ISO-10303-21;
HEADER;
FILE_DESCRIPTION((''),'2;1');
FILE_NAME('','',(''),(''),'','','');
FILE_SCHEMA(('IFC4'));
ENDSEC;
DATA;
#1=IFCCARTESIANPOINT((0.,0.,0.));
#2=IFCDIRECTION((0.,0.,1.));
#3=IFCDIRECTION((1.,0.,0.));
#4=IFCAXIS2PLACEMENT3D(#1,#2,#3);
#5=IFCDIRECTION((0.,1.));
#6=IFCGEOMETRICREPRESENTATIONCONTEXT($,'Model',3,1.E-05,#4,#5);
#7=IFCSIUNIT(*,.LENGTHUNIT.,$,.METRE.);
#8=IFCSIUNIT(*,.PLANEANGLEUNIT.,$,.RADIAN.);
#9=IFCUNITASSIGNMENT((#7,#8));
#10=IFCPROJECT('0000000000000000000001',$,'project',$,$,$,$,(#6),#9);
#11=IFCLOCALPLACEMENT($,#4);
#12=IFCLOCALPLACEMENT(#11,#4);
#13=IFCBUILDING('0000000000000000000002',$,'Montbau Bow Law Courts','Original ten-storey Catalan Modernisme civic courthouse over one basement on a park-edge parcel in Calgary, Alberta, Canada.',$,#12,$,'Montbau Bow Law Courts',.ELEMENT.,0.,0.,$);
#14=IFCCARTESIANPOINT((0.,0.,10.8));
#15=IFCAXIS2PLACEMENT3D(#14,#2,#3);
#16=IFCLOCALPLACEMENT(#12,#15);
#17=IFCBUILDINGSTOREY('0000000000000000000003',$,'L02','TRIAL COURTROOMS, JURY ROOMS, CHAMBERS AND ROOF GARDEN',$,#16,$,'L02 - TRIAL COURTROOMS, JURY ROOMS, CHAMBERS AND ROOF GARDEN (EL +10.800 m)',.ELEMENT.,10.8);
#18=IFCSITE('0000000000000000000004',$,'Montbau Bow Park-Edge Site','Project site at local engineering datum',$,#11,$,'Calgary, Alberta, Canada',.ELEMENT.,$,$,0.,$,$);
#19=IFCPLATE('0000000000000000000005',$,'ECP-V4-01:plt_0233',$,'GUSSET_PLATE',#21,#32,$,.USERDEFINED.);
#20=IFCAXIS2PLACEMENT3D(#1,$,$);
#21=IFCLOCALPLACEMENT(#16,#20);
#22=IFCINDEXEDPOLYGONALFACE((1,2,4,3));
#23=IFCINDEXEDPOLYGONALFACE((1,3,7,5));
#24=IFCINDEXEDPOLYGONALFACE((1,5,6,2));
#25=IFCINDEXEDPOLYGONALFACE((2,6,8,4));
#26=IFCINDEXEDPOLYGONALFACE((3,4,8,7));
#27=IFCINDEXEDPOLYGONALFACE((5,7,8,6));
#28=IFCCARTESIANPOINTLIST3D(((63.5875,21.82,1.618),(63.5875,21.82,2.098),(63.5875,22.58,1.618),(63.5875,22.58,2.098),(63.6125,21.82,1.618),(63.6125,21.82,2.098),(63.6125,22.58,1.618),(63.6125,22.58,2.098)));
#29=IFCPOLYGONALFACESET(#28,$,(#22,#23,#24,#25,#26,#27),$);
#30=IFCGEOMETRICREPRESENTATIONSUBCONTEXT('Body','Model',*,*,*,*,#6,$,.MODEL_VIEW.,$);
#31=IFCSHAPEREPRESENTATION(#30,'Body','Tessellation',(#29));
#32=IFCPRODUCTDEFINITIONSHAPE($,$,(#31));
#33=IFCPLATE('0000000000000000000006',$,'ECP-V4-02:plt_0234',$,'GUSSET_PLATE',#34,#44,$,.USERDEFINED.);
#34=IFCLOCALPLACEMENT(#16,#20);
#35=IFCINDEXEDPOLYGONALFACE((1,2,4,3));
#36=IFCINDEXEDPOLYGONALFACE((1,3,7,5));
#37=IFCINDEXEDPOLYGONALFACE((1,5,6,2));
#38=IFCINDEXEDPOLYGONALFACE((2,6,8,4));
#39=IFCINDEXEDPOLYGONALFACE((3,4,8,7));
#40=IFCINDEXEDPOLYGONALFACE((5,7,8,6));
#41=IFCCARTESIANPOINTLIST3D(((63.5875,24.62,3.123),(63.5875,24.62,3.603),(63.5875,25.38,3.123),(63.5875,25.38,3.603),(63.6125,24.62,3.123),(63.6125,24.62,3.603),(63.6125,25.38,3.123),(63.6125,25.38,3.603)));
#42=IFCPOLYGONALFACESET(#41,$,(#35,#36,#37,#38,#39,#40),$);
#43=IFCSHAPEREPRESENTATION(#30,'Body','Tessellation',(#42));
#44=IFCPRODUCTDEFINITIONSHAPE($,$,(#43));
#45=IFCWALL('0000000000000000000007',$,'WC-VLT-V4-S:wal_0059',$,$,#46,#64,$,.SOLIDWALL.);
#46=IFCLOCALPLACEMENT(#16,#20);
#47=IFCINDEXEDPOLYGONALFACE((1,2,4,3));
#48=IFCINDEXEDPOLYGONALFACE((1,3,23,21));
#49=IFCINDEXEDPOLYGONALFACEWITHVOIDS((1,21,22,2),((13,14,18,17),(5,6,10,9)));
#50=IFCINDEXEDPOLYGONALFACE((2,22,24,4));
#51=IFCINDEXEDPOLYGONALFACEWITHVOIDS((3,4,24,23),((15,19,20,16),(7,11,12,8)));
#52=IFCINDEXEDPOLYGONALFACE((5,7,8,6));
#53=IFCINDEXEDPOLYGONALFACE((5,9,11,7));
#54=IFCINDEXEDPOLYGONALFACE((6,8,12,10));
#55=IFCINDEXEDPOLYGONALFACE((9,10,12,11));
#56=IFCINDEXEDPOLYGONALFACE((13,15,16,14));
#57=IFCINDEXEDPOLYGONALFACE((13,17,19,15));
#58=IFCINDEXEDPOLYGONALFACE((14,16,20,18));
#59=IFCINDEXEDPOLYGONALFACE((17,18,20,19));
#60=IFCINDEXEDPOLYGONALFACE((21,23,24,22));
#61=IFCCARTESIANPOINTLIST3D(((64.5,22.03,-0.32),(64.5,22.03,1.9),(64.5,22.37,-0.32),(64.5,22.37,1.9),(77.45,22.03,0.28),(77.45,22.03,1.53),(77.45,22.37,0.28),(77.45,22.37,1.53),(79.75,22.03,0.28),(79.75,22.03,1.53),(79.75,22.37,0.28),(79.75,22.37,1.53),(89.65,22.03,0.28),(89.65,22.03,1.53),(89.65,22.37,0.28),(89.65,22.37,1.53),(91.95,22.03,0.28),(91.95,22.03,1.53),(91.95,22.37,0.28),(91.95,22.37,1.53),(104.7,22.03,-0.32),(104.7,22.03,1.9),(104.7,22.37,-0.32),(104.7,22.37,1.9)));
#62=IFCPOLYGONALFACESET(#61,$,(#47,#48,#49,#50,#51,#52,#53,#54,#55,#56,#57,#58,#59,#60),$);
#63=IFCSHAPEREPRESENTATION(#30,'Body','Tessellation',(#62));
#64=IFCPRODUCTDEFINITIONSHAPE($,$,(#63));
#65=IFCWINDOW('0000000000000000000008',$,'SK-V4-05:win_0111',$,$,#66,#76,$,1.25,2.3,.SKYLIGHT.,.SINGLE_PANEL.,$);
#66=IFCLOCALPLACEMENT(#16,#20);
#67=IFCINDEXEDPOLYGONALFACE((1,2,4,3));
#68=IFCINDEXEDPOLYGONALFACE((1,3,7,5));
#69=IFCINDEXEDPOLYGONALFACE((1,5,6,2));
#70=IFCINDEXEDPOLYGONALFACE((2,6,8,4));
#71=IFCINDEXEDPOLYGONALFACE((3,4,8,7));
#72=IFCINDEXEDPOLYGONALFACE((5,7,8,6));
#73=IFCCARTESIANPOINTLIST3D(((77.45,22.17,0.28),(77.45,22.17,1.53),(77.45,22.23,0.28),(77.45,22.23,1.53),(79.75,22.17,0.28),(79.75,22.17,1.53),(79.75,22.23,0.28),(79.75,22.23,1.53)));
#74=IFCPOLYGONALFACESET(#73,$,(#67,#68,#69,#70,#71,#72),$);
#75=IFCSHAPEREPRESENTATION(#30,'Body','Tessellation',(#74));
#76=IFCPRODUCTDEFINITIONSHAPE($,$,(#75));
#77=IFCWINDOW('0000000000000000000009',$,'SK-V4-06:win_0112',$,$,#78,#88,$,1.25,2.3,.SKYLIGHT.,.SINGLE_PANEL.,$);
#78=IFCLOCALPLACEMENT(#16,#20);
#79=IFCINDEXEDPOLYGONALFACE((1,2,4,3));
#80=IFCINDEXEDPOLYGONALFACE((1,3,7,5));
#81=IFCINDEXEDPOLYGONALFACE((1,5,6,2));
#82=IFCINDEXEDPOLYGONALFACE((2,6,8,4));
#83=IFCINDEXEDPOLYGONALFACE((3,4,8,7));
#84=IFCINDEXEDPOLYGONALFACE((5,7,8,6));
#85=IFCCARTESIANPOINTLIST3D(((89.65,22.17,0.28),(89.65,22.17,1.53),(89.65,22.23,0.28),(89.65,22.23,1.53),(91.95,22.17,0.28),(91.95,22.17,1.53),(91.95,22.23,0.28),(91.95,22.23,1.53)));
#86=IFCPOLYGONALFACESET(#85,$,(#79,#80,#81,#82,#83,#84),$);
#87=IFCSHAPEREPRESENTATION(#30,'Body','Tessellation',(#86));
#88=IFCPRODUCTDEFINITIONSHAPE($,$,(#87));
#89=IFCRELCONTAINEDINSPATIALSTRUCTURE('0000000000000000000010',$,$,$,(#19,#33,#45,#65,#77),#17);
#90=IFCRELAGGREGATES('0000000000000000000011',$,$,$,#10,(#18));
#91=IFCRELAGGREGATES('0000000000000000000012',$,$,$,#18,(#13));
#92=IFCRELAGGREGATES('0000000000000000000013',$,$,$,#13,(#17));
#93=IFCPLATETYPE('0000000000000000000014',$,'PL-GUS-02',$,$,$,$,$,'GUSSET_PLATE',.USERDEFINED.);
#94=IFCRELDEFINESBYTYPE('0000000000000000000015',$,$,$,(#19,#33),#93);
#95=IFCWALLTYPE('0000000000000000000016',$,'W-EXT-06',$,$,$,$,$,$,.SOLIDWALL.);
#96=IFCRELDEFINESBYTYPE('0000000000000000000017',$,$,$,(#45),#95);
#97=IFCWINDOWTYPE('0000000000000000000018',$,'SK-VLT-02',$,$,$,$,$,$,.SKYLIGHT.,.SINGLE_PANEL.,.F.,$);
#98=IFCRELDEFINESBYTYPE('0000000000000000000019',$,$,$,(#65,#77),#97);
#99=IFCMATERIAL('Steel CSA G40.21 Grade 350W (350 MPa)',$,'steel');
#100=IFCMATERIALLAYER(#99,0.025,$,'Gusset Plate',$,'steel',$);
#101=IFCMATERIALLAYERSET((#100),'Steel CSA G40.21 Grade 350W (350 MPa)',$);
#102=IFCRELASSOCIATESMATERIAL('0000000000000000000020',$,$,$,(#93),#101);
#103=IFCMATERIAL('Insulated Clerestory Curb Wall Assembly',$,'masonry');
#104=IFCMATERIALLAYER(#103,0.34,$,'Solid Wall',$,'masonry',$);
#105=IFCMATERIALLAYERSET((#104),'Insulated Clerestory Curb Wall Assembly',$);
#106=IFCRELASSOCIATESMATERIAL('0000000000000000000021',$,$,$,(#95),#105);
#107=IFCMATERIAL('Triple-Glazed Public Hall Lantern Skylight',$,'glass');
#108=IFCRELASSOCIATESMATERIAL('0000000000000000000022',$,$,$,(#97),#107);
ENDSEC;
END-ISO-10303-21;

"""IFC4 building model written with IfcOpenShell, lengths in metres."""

from ifc_helpers import new_model, si_unit, direction, frame, frame_2d, origin_with_axes, origin_2d_with_axis, place, context, subcontext, project, spatial, rectangle, extrude, material, layer, layer_set, type_object, element, fill, save


model = new_model("IFC4")

# Units and contexts
model_context = context("Model", 3, precision=1e-05, world=origin_with_axes(), true_north=direction((0.0, 1.0)))
body_context = subcontext(model_context, "Body", "Model", "MODEL_VIEW")
ifc_project = project(units=[si_unit("LENGTHUNIT", "METRE"), si_unit("PLANEANGLEUNIT", "RADIAN")], contexts=[model_context])

# Site, building, storey
site_placement = place(None, origin_with_axes())
site = spatial("IfcSite", under=ifc_project, at=site_placement, Name="Montbau Bow Park-Edge Site", Description="Project site at local engineering datum", LongName="Calgary, Alberta, Canada", CompositionType="ELEMENT", RefElevation=0.0)
building_placement = place(site_placement, origin_with_axes())
building = spatial("IfcBuilding", under=site, at=building_placement, Name="Montbau Bow Law Courts", Description="Original ten-storey Catalan Modernisme civic courthouse over one basement on a park-edge parcel in Calgary, Alberta, Canada.", LongName="Montbau Bow Law Courts", CompositionType="ELEMENT", ElevationOfRefHeight=0.0, ElevationOfTerrain=0.0)
storey_placement = place(building_placement, frame((0.0, 0.0, 10.8), z_axis=(0.0, 0.0, 1.0), x_axis=(1.0, 0.0, 0.0)))
storey = spatial("IfcBuildingStorey", under=building, at=storey_placement, Name="L02", Description="TRIAL COURTROOMS, JURY ROOMS, CHAMBERS AND ROOF GARDEN", LongName="L02 - TRIAL COURTROOMS, JURY ROOMS, CHAMBERS AND ROOF GARDEN (EL +10.800 m)", CompositionType="ELEMENT", Elevation=10.8)

# Shared definitions
ifc_material_1 = material(Name="Steel CSA G40.21 Grade 350W (350 MPa)", Category="steel")

# Plates
ifc_layer_1 = layer(ifc_material_1, 0.025, Name="Gusset Plate", Category="steel")
ifc_layer_set_1 = layer_set([ifc_layer_1], Name="Steel CSA G40.21 Grade 350W (350 MPa)")
plate_type = type_object("IfcPlateType", Name="PL-GUS-02", ElementType="GUSSET_PLATE", PredefinedType="USERDEFINED", material=ifc_layer_set_1)
for number, where, z_axis, x_axis, name in (
    (1, (63.6, 22.2, 12.418), (0.0, 0.0, 1.0), (1.0, 0.0, 0.0), "ECP-V4-01:plt_0233"),
    (2, (63.6, 25.0, 13.923), (0.0, 0.0, 1.0), (1.0, 0.0, 0.0), "ECP-V4-02:plt_0234"),
):
    element("IfcPlate", number, at=place(None, frame(where, z_axis=z_axis, x_axis=x_axis)), inside=storey, type_object=plate_type, Name=name, ObjectType="GUSSET_PLATE", PredefinedType="USERDEFINED", context=body_context, shape_type="SweptSolid", body=[
        extrude(rectangle(XDim=0.025, YDim=0.76, at=origin_2d_with_axis()), origin_with_axes(), (0.0, 0.0, 1.0), 0.48),
    ])

# Wall, openings, windows
ifc_material_2 = material(Name="Insulated Clerestory Curb Wall Assembly", Category="masonry")
ifc_layer_2 = layer(ifc_material_2, 0.34, Name="Solid Wall", Category="masonry")
ifc_layer_set_2 = layer_set([ifc_layer_2], Name="Insulated Clerestory Curb Wall Assembly")
wall_type = type_object("IfcWallType", Name="W-EXT-06", PredefinedType="SOLIDWALL", material=ifc_layer_set_2)
wall_placement = place(None, frame((64.5, 22.2, 10.48), z_axis=(0.0, 0.0, 1.0), x_axis=(1.0, 0.0, 0.0)))
wall = element("IfcWall", 3, at=wall_placement, inside=storey, type_object=wall_type, Name="WC-VLT-V4-S:wal_0059", PredefinedType="SOLIDWALL", context=body_context, shape_type="SweptSolid", body=[
    extrude(rectangle(XDim=40.2, YDim=0.34, at=frame_2d((20.1, 0.0), x_axis=(1.0, 0.0))), origin_with_axes(), (0.0, 0.0, 1.0), 2.22),
])
opening_1_placement = place(None, frame((78.6, 22.2, 11.08), z_axis=(0.0, 0.0, 1.0), x_axis=(1.0, 0.0, 0.0)))
opening_1 = element("IfcOpeningElement", 4, at=opening_1_placement, cuts=wall, PredefinedType="OPENING", context=body_context, shape_type="SweptSolid", body=[
    extrude(rectangle(XDim=2.3, YDim=1.25, at=frame_2d((0.0, 0.625), x_axis=(1.0, 0.0))), frame((0.0, 0.18, 0.0), z_axis=(0.0, -1.0, 0.0), x_axis=(1.0, 0.0, 0.0)), (0.0, 0.0, 1.0), 0.36),
])
opening_2_placement = place(None, frame((90.8, 22.2, 11.08), z_axis=(0.0, 0.0, 1.0), x_axis=(1.0, 0.0, 0.0)))
opening_2 = element("IfcOpeningElement", 5, at=opening_2_placement, cuts=wall, PredefinedType="OPENING", context=body_context, shape_type="SweptSolid", body=[
    extrude(rectangle(XDim=2.3, YDim=1.25, at=frame_2d((0.0, 0.625), x_axis=(1.0, 0.0))), frame((0.0, 0.18, 0.0), z_axis=(0.0, -1.0, 0.0), x_axis=(1.0, 0.0, 0.0)), (0.0, 0.0, 1.0), 0.36),
])
ifc_material_3 = material(Name="Triple-Glazed Public Hall Lantern Skylight", Category="glass")
window_type = type_object("IfcWindowType", Name="SK-VLT-02", ParameterTakesPrecedence=False, PartitioningType="SINGLE_PANEL", PredefinedType="SKYLIGHT", material=ifc_material_3)
window_1_placement = place(None, frame((78.6, 22.2, 11.08), z_axis=(0.0, 0.0, 1.0), x_axis=(1.0, 0.0, 0.0)))
window_1 = element("IfcWindow", 6, at=window_1_placement, inside=storey, type_object=window_type, Name="SK-V4-05:win_0111", OverallHeight=1.25, OverallWidth=2.3, PartitioningType="SINGLE_PANEL", PredefinedType="SKYLIGHT", context=body_context, shape_type="SweptSolid", body=[
    extrude(rectangle(XDim=2.3, YDim=1.25, at=frame_2d((0.0, 0.625), x_axis=(1.0, 0.0))), frame((0.0, 0.03, 0.0), z_axis=(0.0, -1.0, 0.0), x_axis=(1.0, 0.0, 0.0)), (0.0, 0.0, 1.0), 0.06),
])
fill(opening_1, window_1)
window_2_placement = place(None, frame((90.8, 22.2, 11.08), z_axis=(0.0, 0.0, 1.0), x_axis=(1.0, 0.0, 0.0)))
window_2 = element("IfcWindow", 7, at=window_2_placement, inside=storey, type_object=window_type, Name="SK-V4-06:win_0112", OverallHeight=1.25, OverallWidth=2.3, PartitioningType="SINGLE_PANEL", PredefinedType="SKYLIGHT", context=body_context, shape_type="SweptSolid", body=[
    extrude(rectangle(XDim=2.3, YDim=1.25, at=frame_2d((0.0, 0.625), x_axis=(1.0, 0.0))), frame((0.0, 0.03, 0.0), z_axis=(0.0, -1.0, 0.0), x_axis=(1.0, 0.0, 0.0)), (0.0, 0.0, 1.0), 0.06),
])
fill(opening_2, window_2)

save(model, "model.ifc")
